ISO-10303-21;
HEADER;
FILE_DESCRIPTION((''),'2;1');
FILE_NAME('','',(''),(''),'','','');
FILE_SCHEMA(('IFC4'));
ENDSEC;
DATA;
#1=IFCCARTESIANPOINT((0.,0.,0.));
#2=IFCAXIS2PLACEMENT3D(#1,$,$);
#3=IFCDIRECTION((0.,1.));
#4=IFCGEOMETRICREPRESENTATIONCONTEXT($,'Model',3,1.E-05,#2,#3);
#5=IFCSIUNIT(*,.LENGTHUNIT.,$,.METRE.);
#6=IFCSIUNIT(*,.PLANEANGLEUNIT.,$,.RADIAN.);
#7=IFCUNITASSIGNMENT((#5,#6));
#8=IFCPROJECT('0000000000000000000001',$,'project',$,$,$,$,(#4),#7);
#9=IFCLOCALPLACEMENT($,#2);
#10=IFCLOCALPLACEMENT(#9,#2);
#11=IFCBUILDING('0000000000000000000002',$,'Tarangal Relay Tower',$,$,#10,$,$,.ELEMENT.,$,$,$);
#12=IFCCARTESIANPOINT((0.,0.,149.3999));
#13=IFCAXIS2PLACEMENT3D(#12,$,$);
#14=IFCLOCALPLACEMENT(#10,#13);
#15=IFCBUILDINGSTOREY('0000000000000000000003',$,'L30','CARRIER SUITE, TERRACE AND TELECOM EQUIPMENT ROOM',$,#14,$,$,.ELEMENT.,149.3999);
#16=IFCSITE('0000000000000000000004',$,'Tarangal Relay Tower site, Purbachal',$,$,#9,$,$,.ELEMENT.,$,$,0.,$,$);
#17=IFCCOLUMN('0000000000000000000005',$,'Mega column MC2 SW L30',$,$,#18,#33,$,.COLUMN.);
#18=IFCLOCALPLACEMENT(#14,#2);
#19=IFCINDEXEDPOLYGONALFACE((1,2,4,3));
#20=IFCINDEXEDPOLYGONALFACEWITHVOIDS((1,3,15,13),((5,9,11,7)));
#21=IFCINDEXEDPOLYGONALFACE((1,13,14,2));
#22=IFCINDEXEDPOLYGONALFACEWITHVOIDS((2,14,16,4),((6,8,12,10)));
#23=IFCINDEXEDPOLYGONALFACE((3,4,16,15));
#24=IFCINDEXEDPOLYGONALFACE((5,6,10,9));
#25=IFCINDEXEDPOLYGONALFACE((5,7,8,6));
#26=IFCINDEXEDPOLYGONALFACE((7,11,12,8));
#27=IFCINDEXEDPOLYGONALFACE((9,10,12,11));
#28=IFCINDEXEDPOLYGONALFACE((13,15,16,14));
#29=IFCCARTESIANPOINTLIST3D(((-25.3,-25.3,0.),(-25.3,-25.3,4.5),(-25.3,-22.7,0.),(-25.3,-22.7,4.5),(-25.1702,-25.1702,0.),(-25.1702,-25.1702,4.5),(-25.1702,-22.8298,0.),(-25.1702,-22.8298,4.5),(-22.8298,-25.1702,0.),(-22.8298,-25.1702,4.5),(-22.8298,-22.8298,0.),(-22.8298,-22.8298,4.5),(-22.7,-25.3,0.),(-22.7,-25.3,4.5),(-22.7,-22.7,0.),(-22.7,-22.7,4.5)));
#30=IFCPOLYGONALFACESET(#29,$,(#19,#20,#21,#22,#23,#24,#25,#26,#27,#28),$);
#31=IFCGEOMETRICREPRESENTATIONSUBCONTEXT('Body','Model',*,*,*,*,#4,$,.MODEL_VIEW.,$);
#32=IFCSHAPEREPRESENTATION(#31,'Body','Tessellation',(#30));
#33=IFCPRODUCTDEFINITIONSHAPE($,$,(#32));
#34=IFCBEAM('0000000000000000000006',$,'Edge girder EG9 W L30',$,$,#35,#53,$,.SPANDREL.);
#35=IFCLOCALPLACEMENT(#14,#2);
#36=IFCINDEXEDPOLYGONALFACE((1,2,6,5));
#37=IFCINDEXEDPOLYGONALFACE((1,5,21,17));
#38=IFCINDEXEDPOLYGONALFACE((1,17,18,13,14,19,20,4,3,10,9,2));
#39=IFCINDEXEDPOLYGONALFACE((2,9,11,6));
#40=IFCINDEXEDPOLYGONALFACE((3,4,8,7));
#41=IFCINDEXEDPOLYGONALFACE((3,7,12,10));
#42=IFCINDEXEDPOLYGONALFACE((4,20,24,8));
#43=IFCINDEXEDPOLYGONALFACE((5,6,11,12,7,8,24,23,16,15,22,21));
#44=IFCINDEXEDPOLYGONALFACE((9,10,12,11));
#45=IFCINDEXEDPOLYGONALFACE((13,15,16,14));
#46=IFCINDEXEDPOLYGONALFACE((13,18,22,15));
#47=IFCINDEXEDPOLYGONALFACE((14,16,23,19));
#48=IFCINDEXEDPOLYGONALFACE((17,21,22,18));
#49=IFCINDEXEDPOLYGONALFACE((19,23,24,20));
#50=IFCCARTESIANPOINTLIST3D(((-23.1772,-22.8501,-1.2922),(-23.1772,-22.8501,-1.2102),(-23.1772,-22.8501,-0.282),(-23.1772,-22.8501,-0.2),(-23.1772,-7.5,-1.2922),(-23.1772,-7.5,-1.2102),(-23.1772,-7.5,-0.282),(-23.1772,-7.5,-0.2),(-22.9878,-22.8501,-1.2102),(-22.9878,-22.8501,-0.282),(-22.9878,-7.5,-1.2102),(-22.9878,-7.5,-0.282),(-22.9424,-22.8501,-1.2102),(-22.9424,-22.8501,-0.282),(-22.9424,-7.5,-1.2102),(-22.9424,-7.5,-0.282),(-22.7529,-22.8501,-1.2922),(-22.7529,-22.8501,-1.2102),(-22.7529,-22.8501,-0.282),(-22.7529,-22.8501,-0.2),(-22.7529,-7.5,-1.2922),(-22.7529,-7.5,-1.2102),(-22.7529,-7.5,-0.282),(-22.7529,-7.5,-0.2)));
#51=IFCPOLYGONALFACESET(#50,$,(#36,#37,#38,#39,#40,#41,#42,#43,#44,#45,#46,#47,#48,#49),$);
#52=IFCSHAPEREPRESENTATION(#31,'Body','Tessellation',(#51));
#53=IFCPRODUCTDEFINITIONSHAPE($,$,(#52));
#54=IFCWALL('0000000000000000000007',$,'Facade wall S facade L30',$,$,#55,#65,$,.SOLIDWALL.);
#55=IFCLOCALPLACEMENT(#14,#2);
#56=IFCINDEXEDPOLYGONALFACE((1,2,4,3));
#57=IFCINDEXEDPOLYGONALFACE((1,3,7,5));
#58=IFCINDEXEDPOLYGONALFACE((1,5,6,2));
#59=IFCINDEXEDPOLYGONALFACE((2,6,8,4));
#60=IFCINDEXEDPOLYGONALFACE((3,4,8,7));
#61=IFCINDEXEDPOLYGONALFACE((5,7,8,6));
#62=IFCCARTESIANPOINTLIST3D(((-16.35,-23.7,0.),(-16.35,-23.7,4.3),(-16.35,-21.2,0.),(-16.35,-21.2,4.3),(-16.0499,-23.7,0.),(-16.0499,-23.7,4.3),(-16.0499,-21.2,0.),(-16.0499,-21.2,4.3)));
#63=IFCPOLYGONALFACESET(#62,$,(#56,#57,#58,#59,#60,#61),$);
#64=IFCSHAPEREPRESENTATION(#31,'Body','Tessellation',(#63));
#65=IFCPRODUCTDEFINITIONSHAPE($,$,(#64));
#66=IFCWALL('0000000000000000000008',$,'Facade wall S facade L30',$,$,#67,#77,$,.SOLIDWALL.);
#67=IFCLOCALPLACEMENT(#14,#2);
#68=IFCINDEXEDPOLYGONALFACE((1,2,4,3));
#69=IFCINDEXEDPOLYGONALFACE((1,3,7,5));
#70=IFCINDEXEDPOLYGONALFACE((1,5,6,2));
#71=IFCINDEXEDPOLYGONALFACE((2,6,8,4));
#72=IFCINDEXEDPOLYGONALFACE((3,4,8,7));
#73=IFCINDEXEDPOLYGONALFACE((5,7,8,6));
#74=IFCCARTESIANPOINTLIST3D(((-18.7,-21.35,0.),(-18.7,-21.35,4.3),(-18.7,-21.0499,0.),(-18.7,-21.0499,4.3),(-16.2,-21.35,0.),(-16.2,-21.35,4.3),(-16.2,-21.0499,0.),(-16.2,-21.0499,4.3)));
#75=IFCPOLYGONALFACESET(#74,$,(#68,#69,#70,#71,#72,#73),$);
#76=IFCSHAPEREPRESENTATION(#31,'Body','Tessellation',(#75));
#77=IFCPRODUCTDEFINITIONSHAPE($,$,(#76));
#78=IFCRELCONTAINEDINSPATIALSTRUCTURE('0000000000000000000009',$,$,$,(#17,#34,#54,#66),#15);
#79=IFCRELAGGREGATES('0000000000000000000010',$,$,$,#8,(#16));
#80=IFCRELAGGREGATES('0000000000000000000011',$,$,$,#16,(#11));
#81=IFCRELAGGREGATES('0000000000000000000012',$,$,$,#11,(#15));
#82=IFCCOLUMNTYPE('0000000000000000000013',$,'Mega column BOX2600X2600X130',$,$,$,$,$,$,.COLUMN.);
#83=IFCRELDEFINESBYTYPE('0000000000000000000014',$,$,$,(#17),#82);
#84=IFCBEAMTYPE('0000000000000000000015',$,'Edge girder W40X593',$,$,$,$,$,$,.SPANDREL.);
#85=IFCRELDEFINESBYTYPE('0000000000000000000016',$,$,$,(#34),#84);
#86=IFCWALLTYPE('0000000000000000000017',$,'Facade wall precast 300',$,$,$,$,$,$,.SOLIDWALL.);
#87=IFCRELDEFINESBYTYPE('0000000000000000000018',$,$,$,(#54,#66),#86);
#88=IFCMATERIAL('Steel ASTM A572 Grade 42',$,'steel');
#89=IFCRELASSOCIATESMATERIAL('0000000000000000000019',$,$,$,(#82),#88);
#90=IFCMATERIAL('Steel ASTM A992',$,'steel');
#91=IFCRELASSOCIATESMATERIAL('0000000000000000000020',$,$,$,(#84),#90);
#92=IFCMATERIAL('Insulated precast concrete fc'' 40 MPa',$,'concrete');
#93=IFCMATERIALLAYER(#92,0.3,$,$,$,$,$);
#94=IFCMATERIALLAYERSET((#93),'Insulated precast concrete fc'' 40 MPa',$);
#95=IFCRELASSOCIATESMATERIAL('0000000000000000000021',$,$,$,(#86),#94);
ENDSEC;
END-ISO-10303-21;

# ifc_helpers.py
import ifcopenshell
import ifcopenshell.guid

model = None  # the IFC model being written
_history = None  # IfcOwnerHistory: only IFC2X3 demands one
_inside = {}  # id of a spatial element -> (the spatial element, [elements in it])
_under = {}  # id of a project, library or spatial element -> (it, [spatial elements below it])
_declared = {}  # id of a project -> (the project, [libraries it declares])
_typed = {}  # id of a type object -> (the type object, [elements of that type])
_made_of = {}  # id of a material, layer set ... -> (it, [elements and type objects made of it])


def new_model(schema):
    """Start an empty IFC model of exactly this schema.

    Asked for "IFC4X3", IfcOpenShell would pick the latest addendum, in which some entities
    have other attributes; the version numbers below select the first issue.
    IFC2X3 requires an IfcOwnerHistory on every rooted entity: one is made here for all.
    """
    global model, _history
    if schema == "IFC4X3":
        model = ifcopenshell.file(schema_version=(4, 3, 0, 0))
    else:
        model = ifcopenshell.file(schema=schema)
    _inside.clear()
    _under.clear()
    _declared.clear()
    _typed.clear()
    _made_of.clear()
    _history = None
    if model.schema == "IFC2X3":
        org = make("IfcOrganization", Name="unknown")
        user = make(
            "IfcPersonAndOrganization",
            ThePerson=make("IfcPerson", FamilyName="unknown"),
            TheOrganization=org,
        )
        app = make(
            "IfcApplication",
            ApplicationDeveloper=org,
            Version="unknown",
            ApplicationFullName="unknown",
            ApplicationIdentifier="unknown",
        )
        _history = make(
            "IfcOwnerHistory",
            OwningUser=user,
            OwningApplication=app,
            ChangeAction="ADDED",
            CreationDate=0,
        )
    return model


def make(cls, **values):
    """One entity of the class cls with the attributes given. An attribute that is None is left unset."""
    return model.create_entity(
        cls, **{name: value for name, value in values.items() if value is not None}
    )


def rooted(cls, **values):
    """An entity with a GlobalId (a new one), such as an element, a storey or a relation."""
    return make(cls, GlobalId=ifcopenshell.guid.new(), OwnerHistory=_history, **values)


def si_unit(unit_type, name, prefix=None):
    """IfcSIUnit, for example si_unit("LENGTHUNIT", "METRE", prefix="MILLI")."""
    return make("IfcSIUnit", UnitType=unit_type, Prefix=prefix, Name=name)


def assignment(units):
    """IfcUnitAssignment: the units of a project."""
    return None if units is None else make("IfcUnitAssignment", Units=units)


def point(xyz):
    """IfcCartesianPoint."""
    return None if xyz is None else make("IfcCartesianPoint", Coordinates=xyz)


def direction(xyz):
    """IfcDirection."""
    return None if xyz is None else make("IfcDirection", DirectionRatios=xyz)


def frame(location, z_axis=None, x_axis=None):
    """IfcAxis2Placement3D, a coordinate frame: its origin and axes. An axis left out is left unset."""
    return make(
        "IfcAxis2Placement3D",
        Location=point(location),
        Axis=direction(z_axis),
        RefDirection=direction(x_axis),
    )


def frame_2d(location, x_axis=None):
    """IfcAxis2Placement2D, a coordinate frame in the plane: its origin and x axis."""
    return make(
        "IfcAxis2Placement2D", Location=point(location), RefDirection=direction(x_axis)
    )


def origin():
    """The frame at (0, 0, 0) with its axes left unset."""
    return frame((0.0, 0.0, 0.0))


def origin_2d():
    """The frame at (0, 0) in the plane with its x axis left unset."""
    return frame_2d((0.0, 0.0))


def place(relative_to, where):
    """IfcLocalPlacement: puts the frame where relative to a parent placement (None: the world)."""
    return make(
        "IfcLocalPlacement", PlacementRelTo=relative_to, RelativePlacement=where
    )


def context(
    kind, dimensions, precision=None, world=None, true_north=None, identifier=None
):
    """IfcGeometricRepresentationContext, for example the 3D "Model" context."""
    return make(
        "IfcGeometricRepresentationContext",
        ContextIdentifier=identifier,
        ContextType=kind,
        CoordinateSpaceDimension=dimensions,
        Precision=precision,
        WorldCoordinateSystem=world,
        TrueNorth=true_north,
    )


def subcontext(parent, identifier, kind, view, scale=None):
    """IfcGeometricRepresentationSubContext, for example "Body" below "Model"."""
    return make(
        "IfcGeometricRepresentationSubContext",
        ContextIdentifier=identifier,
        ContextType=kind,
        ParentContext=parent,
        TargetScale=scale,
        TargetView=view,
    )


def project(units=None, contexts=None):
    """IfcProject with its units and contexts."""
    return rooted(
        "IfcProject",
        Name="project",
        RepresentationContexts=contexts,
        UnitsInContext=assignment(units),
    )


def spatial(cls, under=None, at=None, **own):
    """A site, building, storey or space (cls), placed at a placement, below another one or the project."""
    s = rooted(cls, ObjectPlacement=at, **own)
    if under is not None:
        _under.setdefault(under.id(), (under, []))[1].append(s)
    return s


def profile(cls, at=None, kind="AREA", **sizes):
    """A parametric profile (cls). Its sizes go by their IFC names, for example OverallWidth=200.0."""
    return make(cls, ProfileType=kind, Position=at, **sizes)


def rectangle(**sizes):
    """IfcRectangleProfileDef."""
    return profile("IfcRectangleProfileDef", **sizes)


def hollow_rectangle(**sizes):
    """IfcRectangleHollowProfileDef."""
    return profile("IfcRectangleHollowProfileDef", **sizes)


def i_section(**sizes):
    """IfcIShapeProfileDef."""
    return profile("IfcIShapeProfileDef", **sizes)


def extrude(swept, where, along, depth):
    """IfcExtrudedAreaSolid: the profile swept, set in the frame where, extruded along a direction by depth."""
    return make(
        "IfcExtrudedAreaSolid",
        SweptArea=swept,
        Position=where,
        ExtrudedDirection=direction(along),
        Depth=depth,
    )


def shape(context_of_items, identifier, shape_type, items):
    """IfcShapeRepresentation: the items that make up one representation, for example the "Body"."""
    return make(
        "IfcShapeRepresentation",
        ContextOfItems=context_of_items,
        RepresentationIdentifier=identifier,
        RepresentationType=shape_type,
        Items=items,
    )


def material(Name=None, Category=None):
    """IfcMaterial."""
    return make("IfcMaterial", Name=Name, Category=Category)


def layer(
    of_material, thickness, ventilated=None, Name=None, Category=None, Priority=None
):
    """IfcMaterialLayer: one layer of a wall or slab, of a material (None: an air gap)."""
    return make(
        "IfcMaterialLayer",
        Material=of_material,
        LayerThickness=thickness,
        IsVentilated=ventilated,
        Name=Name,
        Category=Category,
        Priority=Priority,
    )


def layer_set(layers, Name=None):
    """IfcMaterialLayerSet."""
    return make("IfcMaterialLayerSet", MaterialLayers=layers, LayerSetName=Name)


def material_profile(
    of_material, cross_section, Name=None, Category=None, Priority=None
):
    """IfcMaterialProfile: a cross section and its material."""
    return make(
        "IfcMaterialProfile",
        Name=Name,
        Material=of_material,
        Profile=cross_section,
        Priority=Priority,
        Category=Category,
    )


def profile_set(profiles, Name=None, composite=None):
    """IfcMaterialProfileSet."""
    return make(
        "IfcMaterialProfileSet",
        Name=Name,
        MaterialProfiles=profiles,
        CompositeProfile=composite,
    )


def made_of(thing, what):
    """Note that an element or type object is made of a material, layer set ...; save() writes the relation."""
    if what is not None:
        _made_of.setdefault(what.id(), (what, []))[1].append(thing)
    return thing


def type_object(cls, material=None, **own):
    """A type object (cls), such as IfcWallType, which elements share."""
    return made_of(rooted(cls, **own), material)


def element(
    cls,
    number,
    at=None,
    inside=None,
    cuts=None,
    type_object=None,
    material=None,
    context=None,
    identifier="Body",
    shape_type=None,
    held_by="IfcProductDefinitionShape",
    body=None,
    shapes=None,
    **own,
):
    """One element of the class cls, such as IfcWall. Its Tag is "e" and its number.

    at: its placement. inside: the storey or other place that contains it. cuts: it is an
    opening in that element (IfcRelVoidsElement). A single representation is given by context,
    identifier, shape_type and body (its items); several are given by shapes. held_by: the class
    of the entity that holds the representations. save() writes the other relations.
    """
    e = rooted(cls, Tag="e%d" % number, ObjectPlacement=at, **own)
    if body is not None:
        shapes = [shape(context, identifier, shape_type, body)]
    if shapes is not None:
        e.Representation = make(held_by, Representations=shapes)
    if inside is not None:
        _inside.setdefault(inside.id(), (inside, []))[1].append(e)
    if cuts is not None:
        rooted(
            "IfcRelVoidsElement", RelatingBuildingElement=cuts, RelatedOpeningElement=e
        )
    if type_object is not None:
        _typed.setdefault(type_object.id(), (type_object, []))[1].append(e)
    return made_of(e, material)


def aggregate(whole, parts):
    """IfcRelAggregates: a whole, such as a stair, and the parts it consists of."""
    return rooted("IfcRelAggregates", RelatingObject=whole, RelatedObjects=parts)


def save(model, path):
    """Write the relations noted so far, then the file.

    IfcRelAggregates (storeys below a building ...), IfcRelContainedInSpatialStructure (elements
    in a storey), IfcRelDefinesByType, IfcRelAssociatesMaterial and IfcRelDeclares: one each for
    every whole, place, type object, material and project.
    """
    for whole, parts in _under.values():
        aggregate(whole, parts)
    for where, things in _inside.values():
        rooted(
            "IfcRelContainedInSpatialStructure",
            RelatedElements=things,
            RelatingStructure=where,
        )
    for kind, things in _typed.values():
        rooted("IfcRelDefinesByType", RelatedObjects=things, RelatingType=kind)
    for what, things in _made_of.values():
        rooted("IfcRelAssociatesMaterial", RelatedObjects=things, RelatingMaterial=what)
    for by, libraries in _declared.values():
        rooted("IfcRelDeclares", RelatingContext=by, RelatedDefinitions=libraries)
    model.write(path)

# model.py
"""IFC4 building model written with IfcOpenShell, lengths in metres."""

from ifc_helpers import new_model, si_unit, direction, frame, frame_2d, origin, origin_2d, place, context, subcontext, project, spatial, rectangle, hollow_rectangle, i_section, extrude, material, layer, layer_set, material_profile, profile_set, type_object, element, save


model = new_model("IFC4")

# Units and contexts
model_context = context("Model", 3, precision=1e-05, world=origin(), true_north=direction((0.0, 1.0)))
body_context = subcontext(model_context, "Body", "Model", "MODEL_VIEW")
ifc_project = project(units=[si_unit("LENGTHUNIT", "METRE"), si_unit("PLANEANGLEUNIT", "RADIAN")], contexts=[model_context])

# Site, building, storey
site_placement = place(None, origin())
site = spatial("IfcSite", under=ifc_project, at=site_placement, Name="Tarangal Relay Tower site, Purbachal", CompositionType="ELEMENT", RefElevation=0.0)
building_placement = place(site_placement, origin())
building = spatial("IfcBuilding", under=site, at=building_placement, Name="Tarangal Relay Tower", CompositionType="ELEMENT")
storey_placement = place(building_placement, frame((0.0, 0.0, 149.3999)))
storey = spatial("IfcBuildingStorey", under=building, at=storey_placement, Name="L30", Description="CARRIER SUITE, TERRACE AND TELECOM EQUIPMENT ROOM", CompositionType="ELEMENT", Elevation=149.3999)

# Column
ifc_material_1 = material(Name="Steel ASTM A572 Grade 42", Category="steel")
ifc_material_profile_1 = material_profile(ifc_material_1, hollow_rectangle(XDim=2.6001, YDim=2.6001, WallThickness=0.1299, at=origin_2d()), Name="BOX2600X2600X130")
ifc_profile_set_1 = profile_set([ifc_material_profile_1], Name="Steel ASTM A572 Grade 42")
column_type = type_object("IfcColumnType", Name="Mega column BOX2600X2600X130", PredefinedType="COLUMN", material=ifc_profile_set_1)
column_placement = place(storey_placement, frame((-24.0, -24.0, 0.0), z_axis=(0.0, 0.0, 1.0), x_axis=(1.0, 0.0, 0.0)))
element("IfcColumn", 1, at=column_placement, inside=storey, type_object=column_type, Name="Mega column MC2 SW L30", PredefinedType="COLUMN", context=body_context, shape_type="SweptSolid", body=[
    extrude(hollow_rectangle(XDim=2.6001, YDim=2.6001, WallThickness=0.1299, at=origin_2d()), origin(), (0.0, 0.0, 1.0), 4.5),
])

# Beam
ifc_material_2 = material(Name="Steel ASTM A992", Category="steel")
ifc_material_profile_2 = material_profile(ifc_material_2, i_section(OverallWidth=0.4243, OverallDepth=1.0923, WebThickness=0.0454, FlangeThickness=0.082, at=origin_2d()), Name="W40X593")
ifc_profile_set_2 = profile_set([ifc_material_profile_2], Name="Steel ASTM A992")
beam_type = type_object("IfcBeamType", Name="Edge girder W40X593", PredefinedType="SPANDREL", material=ifc_profile_set_2)
beam_placement = place(storey_placement, frame((-22.9651, -22.8501, -0.7461), z_axis=(0.0, 1.0, 0.0), x_axis=(-1.0, 0.0, 0.0)))
element("IfcBeam", 2, at=beam_placement, inside=storey, type_object=beam_type, Name="Edge girder EG9 W L30", PredefinedType="SPANDREL", context=body_context, shape_type="SweptSolid", body=[
    extrude(i_section(OverallWidth=0.4243, OverallDepth=1.0923, WebThickness=0.0454, FlangeThickness=0.082, at=origin_2d()), origin(), (0.0, 0.0, 1.0), 15.3501),
])

# Walls
ifc_material_3 = material(Name="Insulated precast concrete fc' 40 MPa", Category="concrete")
ifc_layer = layer(ifc_material_3, 0.3)
ifc_layer_set = layer_set([ifc_layer], Name="Insulated precast concrete fc' 40 MPa")
wall_type = type_object("IfcWallType", Name="Facade wall precast 300", PredefinedType="SOLIDWALL", material=ifc_layer_set)
for number, where, z_axis, x_axis, name in (
    (3, (-16.2, -23.7, 0.0), (0.0, 0.0, 1.0), (0.0, 1.0, 0.0), "Facade wall S facade L30"),
    (4, (-16.2, -21.2, 0.0), (0.0, 0.0, 1.0), (-1.0, 0.0, 0.0), "Facade wall S facade L30"),
):
    element("IfcWall", number, at=place(storey_placement, frame(where, z_axis=z_axis, x_axis=x_axis)), inside=storey, type_object=wall_type, Name=name, PredefinedType="SOLIDWALL", context=body_context, shape_type="SweptSolid", body=[
        extrude(rectangle(XDim=2.5, YDim=0.3, at=frame_2d((1.25, 0.0))), origin(), (0.0, 0.0, 1.0), 4.3),
    ])

save(model, "model.ifc")
